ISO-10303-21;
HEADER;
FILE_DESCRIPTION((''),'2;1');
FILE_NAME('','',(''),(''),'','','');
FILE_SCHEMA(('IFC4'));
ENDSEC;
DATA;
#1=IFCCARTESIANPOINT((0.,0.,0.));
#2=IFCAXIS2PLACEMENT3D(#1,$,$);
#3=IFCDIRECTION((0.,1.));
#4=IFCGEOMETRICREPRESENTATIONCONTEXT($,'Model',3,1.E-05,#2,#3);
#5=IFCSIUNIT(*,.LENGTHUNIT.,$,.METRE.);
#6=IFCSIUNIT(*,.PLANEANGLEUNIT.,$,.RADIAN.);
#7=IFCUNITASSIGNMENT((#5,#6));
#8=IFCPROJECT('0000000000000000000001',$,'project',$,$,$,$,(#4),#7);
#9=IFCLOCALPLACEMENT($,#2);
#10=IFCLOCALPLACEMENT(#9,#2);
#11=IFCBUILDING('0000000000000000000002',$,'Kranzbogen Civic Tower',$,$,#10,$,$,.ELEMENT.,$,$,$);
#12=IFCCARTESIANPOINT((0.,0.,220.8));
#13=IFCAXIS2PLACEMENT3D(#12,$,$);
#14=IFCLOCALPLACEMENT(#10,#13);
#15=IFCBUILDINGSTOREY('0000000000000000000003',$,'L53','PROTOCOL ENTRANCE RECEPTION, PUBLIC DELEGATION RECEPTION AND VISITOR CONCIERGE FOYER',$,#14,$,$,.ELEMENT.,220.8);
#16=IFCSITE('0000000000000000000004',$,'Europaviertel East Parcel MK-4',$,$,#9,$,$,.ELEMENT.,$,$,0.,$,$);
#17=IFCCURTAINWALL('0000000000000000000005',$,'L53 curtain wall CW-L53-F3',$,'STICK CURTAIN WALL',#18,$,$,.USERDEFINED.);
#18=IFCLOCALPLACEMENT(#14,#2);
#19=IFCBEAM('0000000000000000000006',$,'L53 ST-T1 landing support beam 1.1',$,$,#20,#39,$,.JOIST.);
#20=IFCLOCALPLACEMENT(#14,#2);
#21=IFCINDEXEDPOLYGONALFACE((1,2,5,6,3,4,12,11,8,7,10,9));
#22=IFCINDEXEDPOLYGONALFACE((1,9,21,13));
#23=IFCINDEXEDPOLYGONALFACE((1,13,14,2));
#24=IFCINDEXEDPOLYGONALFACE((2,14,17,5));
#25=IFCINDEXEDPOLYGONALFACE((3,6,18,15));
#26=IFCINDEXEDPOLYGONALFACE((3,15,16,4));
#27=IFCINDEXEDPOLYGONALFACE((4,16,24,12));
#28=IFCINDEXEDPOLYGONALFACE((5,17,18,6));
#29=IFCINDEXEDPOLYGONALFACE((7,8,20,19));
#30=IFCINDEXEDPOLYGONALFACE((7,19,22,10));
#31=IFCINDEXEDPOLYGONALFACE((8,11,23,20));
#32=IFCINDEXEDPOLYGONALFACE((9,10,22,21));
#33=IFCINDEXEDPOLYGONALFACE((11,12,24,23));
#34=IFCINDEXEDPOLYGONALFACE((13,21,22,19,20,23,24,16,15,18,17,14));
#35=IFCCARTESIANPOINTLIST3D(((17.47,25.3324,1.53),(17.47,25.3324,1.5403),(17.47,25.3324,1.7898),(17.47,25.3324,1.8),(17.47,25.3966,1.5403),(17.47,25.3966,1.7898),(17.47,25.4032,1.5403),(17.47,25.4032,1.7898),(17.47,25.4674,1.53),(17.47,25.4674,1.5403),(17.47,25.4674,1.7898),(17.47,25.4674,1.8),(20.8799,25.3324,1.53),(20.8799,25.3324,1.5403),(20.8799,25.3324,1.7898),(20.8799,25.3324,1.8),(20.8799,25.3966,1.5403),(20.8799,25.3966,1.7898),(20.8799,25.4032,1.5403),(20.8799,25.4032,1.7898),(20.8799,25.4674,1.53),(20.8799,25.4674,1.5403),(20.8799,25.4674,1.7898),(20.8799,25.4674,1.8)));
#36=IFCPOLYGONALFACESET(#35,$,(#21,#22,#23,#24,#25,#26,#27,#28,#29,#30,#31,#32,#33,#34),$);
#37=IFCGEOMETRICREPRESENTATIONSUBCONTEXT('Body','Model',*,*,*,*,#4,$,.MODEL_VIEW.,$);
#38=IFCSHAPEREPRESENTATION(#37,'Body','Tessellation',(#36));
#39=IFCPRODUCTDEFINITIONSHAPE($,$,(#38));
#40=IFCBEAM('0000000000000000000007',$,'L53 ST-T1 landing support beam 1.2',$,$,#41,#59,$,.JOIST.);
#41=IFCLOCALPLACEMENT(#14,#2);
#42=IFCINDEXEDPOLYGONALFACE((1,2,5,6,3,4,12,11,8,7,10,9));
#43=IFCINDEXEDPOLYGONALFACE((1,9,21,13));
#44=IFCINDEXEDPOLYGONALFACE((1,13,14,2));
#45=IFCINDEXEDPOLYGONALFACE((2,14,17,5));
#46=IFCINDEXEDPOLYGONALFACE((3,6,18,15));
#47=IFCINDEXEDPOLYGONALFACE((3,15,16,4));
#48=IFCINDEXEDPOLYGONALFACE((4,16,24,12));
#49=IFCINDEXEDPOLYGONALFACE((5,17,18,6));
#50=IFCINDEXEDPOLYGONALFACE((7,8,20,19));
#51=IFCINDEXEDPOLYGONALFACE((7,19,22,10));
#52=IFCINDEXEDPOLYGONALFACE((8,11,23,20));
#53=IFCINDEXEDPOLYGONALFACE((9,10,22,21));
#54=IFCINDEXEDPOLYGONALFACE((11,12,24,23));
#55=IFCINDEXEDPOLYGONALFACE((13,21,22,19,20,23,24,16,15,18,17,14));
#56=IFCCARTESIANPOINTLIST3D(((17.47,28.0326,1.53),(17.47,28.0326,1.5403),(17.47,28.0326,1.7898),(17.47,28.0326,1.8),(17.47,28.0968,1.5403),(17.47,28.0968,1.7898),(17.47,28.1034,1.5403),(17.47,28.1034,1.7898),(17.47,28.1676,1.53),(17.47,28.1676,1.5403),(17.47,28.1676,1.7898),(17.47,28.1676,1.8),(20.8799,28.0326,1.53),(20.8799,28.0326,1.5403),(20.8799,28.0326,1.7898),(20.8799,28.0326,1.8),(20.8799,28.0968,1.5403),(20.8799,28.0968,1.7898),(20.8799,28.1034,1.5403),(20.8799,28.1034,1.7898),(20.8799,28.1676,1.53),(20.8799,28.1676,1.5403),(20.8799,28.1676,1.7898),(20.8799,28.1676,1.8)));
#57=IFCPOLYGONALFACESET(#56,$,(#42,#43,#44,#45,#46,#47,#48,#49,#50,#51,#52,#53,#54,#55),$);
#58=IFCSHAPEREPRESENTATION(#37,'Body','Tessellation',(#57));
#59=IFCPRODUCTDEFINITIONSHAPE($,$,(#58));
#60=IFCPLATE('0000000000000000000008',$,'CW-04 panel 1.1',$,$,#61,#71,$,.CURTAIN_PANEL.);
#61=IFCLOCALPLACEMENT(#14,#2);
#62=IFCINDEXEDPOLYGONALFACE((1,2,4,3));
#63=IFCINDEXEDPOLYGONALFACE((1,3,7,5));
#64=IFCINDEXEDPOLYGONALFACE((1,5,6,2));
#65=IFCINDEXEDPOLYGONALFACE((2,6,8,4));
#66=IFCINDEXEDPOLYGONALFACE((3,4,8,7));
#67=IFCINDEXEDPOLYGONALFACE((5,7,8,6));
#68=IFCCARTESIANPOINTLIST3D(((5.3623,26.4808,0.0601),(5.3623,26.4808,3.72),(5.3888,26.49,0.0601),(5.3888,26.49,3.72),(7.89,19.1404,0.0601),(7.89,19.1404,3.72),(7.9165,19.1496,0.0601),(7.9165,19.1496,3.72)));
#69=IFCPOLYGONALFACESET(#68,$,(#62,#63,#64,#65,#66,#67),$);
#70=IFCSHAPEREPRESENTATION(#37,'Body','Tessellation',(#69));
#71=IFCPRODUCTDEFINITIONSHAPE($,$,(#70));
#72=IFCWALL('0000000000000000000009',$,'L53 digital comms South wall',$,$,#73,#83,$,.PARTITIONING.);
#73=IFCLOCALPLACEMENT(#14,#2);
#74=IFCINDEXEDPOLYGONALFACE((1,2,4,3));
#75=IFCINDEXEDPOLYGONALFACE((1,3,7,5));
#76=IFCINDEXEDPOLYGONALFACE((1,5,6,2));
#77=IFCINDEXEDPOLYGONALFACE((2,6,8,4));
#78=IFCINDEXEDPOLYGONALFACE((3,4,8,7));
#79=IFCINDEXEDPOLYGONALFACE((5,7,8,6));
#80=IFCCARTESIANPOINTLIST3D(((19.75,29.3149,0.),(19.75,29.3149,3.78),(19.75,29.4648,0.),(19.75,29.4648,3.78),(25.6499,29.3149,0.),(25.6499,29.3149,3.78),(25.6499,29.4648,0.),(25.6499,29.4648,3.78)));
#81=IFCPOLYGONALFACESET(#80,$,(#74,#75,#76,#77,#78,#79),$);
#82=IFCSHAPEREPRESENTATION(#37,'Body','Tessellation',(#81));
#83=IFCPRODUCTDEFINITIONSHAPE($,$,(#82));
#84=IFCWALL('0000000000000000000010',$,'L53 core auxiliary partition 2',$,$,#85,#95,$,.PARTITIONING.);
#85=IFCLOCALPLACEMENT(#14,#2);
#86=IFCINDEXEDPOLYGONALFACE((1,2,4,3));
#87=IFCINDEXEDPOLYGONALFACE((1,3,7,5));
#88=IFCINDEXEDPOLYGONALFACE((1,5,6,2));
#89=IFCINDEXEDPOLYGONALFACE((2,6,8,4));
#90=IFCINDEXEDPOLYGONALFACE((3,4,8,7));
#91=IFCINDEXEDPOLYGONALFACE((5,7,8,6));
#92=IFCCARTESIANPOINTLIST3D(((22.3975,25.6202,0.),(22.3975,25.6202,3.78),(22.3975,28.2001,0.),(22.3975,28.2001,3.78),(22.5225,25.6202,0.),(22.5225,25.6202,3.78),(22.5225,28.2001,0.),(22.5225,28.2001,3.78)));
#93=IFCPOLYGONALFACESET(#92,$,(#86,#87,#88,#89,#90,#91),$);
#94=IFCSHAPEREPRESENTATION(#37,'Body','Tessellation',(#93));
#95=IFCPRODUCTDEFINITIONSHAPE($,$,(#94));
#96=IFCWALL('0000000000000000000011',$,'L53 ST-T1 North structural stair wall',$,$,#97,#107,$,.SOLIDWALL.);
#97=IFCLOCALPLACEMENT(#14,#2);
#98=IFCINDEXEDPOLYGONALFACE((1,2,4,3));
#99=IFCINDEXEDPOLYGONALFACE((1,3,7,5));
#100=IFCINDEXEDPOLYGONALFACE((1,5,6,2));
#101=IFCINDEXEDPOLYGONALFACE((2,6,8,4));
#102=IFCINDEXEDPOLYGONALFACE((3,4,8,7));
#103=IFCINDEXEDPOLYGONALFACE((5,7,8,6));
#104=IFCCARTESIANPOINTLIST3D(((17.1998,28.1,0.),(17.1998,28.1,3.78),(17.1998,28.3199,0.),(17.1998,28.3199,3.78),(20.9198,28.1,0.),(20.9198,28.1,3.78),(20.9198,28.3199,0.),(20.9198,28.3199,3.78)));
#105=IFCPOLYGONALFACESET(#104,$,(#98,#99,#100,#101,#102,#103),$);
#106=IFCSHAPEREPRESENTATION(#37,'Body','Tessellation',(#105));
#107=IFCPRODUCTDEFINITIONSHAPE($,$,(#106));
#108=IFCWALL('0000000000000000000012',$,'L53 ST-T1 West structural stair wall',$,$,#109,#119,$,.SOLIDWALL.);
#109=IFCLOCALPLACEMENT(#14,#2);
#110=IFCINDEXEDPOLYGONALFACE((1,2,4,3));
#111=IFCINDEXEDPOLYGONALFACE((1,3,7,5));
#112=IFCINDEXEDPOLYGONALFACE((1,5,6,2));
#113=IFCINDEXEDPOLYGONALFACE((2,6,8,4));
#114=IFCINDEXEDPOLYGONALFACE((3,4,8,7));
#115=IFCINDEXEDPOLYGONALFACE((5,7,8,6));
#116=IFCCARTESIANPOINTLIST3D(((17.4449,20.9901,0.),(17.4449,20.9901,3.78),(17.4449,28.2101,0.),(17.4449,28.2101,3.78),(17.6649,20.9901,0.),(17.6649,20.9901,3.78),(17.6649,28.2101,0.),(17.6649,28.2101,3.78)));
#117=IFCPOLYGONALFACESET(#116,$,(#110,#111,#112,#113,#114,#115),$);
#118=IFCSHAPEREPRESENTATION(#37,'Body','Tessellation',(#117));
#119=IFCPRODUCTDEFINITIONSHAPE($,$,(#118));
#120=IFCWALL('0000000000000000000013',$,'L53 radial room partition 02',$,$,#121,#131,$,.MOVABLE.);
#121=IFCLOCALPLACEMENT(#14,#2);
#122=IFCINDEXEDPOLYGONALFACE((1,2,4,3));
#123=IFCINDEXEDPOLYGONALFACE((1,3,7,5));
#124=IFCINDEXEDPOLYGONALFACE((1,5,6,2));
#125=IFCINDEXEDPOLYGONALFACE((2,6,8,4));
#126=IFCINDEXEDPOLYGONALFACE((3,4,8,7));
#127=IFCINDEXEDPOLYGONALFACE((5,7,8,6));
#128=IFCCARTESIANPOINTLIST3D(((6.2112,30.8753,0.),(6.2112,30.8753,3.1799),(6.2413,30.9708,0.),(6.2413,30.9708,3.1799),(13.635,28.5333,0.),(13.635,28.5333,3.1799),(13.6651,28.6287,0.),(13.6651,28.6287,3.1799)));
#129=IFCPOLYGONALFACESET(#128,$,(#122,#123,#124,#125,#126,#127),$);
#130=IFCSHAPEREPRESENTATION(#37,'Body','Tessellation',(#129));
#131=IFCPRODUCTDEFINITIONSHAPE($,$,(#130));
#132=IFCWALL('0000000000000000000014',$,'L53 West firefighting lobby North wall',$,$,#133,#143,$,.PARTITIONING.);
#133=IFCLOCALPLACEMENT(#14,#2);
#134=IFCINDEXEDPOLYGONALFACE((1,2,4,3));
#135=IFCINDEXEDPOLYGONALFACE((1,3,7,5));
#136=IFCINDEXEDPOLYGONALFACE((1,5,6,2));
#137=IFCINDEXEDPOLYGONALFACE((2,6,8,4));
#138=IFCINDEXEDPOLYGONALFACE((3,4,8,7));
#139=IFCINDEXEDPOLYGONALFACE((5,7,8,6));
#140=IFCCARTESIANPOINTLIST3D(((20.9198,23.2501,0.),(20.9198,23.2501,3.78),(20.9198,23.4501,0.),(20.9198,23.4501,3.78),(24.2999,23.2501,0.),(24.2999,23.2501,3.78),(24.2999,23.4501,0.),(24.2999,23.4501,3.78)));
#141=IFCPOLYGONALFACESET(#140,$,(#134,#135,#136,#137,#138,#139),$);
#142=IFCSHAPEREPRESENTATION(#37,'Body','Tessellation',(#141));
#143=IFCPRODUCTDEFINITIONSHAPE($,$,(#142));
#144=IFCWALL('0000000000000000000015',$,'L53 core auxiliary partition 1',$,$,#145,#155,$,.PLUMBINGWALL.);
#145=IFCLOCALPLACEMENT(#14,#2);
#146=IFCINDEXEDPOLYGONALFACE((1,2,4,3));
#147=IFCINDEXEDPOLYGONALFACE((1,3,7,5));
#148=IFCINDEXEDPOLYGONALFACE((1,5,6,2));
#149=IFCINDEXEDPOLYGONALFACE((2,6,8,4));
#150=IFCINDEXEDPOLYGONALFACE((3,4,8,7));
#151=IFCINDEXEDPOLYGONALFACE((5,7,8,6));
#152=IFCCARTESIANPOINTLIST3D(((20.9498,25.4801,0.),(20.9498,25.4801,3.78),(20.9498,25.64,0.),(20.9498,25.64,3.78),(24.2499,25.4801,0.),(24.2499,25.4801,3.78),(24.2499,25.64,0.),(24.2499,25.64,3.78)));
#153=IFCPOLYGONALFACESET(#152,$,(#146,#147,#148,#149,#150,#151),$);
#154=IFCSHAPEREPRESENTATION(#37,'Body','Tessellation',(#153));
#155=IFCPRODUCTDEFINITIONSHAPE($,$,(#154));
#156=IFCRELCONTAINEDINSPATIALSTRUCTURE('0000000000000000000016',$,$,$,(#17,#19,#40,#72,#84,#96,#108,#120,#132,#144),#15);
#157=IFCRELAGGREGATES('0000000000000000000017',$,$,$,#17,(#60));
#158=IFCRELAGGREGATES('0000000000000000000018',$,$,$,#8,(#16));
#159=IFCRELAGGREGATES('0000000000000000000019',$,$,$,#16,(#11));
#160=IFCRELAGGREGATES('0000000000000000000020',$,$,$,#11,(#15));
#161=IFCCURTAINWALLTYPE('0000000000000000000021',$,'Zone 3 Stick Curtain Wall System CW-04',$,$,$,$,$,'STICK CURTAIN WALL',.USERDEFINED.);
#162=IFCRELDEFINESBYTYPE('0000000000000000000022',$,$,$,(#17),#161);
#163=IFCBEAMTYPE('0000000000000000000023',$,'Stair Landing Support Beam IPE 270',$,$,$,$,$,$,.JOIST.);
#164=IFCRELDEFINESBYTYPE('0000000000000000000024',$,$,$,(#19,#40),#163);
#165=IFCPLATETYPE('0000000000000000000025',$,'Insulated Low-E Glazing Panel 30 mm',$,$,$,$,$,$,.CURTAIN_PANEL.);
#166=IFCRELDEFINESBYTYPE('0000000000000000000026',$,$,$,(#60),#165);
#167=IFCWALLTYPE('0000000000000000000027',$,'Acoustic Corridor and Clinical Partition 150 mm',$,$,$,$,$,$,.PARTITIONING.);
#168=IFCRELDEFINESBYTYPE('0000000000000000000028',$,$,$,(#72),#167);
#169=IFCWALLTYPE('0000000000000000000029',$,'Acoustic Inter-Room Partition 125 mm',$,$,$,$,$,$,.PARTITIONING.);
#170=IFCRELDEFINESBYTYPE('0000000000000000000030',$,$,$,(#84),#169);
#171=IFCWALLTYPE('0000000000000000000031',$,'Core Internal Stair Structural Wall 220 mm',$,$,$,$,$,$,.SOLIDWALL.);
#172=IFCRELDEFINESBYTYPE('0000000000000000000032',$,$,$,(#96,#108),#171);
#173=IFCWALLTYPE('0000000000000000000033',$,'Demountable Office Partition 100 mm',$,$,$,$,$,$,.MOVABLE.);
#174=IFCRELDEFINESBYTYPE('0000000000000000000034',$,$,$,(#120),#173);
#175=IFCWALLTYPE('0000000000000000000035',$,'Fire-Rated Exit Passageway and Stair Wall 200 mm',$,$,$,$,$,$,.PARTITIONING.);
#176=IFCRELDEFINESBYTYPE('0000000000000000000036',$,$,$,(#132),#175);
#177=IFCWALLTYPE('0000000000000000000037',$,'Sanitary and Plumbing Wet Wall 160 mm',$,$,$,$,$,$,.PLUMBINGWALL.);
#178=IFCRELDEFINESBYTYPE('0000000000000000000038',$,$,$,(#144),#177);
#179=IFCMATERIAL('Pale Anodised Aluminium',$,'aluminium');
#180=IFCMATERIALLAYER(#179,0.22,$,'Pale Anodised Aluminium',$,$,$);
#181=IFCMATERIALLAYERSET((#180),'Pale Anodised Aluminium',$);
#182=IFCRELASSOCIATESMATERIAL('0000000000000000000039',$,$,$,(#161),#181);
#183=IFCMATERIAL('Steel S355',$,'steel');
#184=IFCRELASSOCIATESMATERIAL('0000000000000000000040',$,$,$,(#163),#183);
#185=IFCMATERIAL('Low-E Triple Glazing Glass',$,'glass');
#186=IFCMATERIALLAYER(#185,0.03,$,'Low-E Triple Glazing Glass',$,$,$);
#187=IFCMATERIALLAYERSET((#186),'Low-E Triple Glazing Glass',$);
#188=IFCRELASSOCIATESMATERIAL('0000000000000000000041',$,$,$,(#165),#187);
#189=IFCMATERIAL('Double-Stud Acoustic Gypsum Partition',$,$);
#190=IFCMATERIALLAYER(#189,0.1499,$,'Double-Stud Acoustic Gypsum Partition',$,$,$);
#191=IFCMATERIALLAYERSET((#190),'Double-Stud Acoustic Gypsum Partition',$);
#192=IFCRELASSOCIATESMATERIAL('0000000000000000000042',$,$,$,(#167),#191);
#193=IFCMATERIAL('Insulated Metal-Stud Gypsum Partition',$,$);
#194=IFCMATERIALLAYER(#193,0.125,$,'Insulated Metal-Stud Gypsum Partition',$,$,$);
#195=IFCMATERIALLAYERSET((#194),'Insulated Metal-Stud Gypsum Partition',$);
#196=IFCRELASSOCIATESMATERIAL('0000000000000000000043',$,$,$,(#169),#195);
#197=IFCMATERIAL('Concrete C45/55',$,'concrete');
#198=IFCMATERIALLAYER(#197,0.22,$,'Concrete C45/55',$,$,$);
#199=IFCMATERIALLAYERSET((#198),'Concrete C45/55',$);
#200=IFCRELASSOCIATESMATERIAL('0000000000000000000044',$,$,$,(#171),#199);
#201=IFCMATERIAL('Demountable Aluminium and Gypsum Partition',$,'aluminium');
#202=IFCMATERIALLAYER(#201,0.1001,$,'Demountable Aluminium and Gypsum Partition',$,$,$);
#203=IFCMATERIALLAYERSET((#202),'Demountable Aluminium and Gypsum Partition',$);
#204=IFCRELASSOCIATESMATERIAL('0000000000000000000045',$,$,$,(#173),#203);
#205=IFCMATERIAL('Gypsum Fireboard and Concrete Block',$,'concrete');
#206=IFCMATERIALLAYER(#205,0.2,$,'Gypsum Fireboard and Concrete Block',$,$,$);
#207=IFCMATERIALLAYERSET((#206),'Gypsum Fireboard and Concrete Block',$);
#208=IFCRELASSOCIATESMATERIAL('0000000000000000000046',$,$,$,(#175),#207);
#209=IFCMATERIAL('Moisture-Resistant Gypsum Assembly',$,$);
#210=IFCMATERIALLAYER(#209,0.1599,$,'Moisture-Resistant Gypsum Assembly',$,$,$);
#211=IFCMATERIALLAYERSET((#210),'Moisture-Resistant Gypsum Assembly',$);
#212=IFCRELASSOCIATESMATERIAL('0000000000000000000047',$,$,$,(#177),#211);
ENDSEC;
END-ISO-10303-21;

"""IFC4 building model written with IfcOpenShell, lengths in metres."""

from ifc_helpers import new_model, si_unit, direction, frame, frame_2d, origin, origin_2d, place, context, subcontext, project, spatial, rectangle, i_section, extrude, material, layer, layer_set, material_profile, profile_set, type_object, element, aggregate, save


model = new_model("IFC4")

# Units and contexts
model_context = context("Model", 3, precision=1e-05, world=origin(), true_north=direction((0.0, 1.0)))
body_context = subcontext(model_context, "Body", "Model", "MODEL_VIEW")
ifc_project = project(units=[si_unit("LENGTHUNIT", "METRE"), si_unit("PLANEANGLEUNIT", "RADIAN")], contexts=[model_context])

# Site, building, storey
site_placement = place(None, origin())
site = spatial("IfcSite", under=ifc_project, at=site_placement, Name="Europaviertel East Parcel MK-4", CompositionType="ELEMENT", RefElevation=0.0)
building_placement = place(site_placement, origin())
building = spatial("IfcBuilding", under=site, at=building_placement, Name="Kranzbogen Civic Tower", CompositionType="ELEMENT")
storey_placement = place(building_placement, frame((0.0, 0.0, 220.8)))
storey = spatial("IfcBuildingStorey", under=building, at=storey_placement, Name="L53", Description="PROTOCOL ENTRANCE RECEPTION, PUBLIC DELEGATION RECEPTION AND VISITOR CONCIERGE FOYER", CompositionType="ELEMENT", Elevation=220.8)

# Shared definitions
ifc_material_1 = material(Name="Steel S355", Category="steel")

# Curtain wall
ifc_material_2 = material(Name="Pale Anodised Aluminium", Category="aluminium")
ifc_layer_1 = layer(ifc_material_2, 0.22, Name="Pale Anodised Aluminium")
ifc_layer_set_1 = layer_set([ifc_layer_1], Name="Pale Anodised Aluminium")
curtain_wall_type = type_object("IfcCurtainWallType", Name="Zone 3 Stick Curtain Wall System CW-04", ElementType="STICK CURTAIN WALL", PredefinedType="USERDEFINED", material=ifc_layer_set_1)
curtain_wall_placement = place(storey_placement, origin())
curtain_wall = element("IfcCurtainWall", 1, at=curtain_wall_placement, inside=storey, type_object=curtain_wall_type, Name="L53 curtain wall CW-L53-F3", ObjectType="STICK CURTAIN WALL", PredefinedType="USERDEFINED")

# Beams
ifc_material_profile_1 = material_profile(ifc_material_1, i_section(OverallWidth=0.135, OverallDepth=0.27, WebThickness=0.0066, FlangeThickness=0.0103, at=origin_2d()), Name="IPE 270")
ifc_profile_set_1 = profile_set([ifc_material_profile_1], Name="Steel S355")
beam_type_1 = type_object("IfcBeamType", Name="Stair Landing Support Beam IPE 270", PredefinedType="JOIST", material=ifc_profile_set_1)
for number, where, z_axis, x_axis, name in (
    (2, (20.8799, 25.3999, 1.665), (-1.0, 0.0, 0.0), (0.0, -1.0, 0.0), "L53 ST-T1 landing support beam 1.1"),
    (3, (20.8799, 28.1001, 1.665), (-1.0, 0.0, 0.0), (0.0, -1.0, 0.0), "L53 ST-T1 landing support beam 1.2"),
):
    element("IfcBeam", number, at=place(storey_placement, frame(where, z_axis=z_axis, x_axis=x_axis)), inside=storey, type_object=beam_type_1, Name=name, PredefinedType="JOIST", context=body_context, shape_type="SweptSolid", body=[
        extrude(i_section(OverallWidth=0.135, OverallDepth=0.27, WebThickness=0.0066, FlangeThickness=0.0103, at=origin_2d()), origin(), (0.0, 0.0, 1.0), 3.4099),
    ])

# Plate
ifc_material_3 = material(Name="Low-E Triple Glazing Glass", Category="glass")
ifc_layer_2 = layer(ifc_material_3, 0.03, Name="Low-E Triple Glazing Glass")
ifc_layer_set_2 = layer_set([ifc_layer_2], Name="Low-E Triple Glazing Glass")
plate_type = type_object("IfcPlateType", Name="Insulated Low-E Glazing Panel 30 mm", PredefinedType="CURTAIN_PANEL", material=ifc_layer_set_2)
plate_placement = place(storey_placement, frame((6.6394, 22.8152, 0.0601), z_axis=(0.0, 0.0, 1.0), x_axis=(0.32559, -0.945511, 0.0)))
plate = element("IfcPlate", 4, at=plate_placement, type_object=plate_type, Name="CW-04 panel 1.1", PredefinedType="CURTAIN_PANEL", context=body_context, shape_type="SweptSolid", body=[
    extrude(rectangle(XDim=7.7634, YDim=0.0281, at=origin_2d()), origin(), (0.0, 0.0, 1.0), 3.6599),
])
aggregate(curtain_wall, [plate])

# Wall
ifc_material_4 = material(Name="Double-Stud Acoustic Gypsum Partition")
ifc_layer_3 = layer(ifc_material_4, 0.1499, Name="Double-Stud Acoustic Gypsum Partition")
ifc_layer_set_3 = layer_set([ifc_layer_3], Name="Double-Stud Acoustic Gypsum Partition")
wall_type_1 = type_object("IfcWallType", Name="Acoustic Corridor and Clinical Partition 150 mm", PredefinedType="PARTITIONING", material=ifc_layer_set_3)
wall_1_placement = place(storey_placement, frame((19.75, 29.3899, 0.0), z_axis=(0.0, 0.0, 1.0), x_axis=(1.0, 0.0, 0.0)))
element("IfcWall", 5, at=wall_1_placement, inside=storey, type_object=wall_type_1, Name="L53 digital comms South wall", PredefinedType="PARTITIONING", context=body_context, shape_type="SweptSolid", body=[
    extrude(rectangle(XDim=5.8999, YDim=0.1499, at=frame_2d((2.95, 0.0))), origin(), (0.0, 0.0, 1.0), 3.78),
])

# Shared definitions
ifc_material_5 = material(Name="Insulated Metal-Stud Gypsum Partition")
ifc_layer_4 = layer(ifc_material_5, 0.125, Name="Insulated Metal-Stud Gypsum Partition")
ifc_layer_set_4 = layer_set([ifc_layer_4], Name="Insulated Metal-Stud Gypsum Partition")
wall_type_2 = type_object("IfcWallType", Name="Acoustic Inter-Room Partition 125 mm", PredefinedType="PARTITIONING", material=ifc_layer_set_4)

# Walls
wall_2_placement = place(storey_placement, frame((22.46, 25.6201, 0.0), z_axis=(0.0, 0.0, 1.0), x_axis=(0.0, 1.0, 0.0)))
element("IfcWall", 6, at=wall_2_placement, inside=storey, type_object=wall_type_2, Name="L53 core auxiliary partition 2", PredefinedType="PARTITIONING", context=body_context, shape_type="SweptSolid", body=[
    extrude(rectangle(XDim=2.5798, YDim=0.125, at=frame_2d((1.29, 0.0))), origin(), (0.0, 0.0, 1.0), 3.78),
])
ifc_material_6 = material(Name="Concrete C45/55", Category="concrete")
ifc_layer_5 = layer(ifc_material_6, 0.22, Name="Concrete C45/55")
ifc_layer_set_5 = layer_set([ifc_layer_5], Name="Concrete C45/55")
wall_type_3 = type_object("IfcWallType", Name="Core Internal Stair Structural Wall 220 mm", PredefinedType="SOLIDWALL", material=ifc_layer_set_5)
wall_3_placement = place(storey_placement, frame((17.2, 28.21, 0.0), z_axis=(0.0, 0.0, 1.0), x_axis=(1.0, 0.0, 0.0)))
element("IfcWall", 7, at=wall_3_placement, inside=storey, type_object=wall_type_3, Name="L53 ST-T1 North structural stair wall", PredefinedType="SOLIDWALL", context=body_context, shape_type="SweptSolid", body=[
    extrude(rectangle(XDim=3.72, YDim=0.22, at=frame_2d((1.8599, 0.0))), origin(), (0.0, 0.0, 1.0), 3.78),
])
wall_4_placement = place(storey_placement, frame((17.5549, 28.21, 0.0), z_axis=(0.0, 0.0, 1.0), x_axis=(0.0, -1.0, 0.0)))
element("IfcWall", 8, at=wall_4_placement, inside=storey, type_object=wall_type_3, Name="L53 ST-T1 West structural stair wall", PredefinedType="SOLIDWALL", context=body_context, shape_type="SweptSolid", body=[
    extrude(rectangle(XDim=7.22, YDim=0.22, at=frame_2d((3.6099, 0.0))), origin(), (0.0, 0.0, 1.0), 3.78),
])
ifc_material_7 = material(Name="Demountable Aluminium and Gypsum Partition", Category="aluminium")
ifc_layer_6 = layer(ifc_material_7, 0.1001, Name="Demountable Aluminium and Gypsum Partition")
ifc_layer_set_6 = layer_set([ifc_layer_6], Name="Demountable Aluminium and Gypsum Partition")
wall_type_4 = type_object("IfcWallType", Name="Demountable Office Partition 100 mm", PredefinedType="MOVABLE", material=ifc_layer_set_6)
wall_5_placement = place(storey_placement, frame((13.6499, 28.5811, 0.0), z_axis=(0.0, 0.0, 1.0), x_axis=(-0.953668, 0.30086, 0.0)))
element("IfcWall", 9, at=wall_5_placement, inside=storey, type_object=wall_type_4, Name="L53 radial room partition 02", PredefinedType="MOVABLE", context=body_context, shape_type="SweptSolid", body=[
    extrude(rectangle(XDim=7.7844, YDim=0.1001, at=frame_2d((3.8921, 0.0))), origin(), (0.0, 0.0, 1.0), 3.1799),
])
ifc_material_8 = material(Name="Gypsum Fireboard and Concrete Block", Category="concrete")
ifc_layer_7 = layer(ifc_material_8, 0.2, Name="Gypsum Fireboard and Concrete Block")
ifc_layer_set_7 = layer_set([ifc_layer_7], Name="Gypsum Fireboard and Concrete Block")
wall_type_5 = type_object("IfcWallType", Name="Fire-Rated Exit Passageway and Stair Wall 200 mm", PredefinedType="PARTITIONING", material=ifc_layer_set_7)
wall_6_placement = place(storey_placement, frame((20.9199, 23.3501, 0.0), z_axis=(0.0, 0.0, 1.0), x_axis=(1.0, 0.0, 0.0)))
element("IfcWall", 10, at=wall_6_placement, inside=storey, type_object=wall_type_5, Name="L53 West firefighting lobby North wall", PredefinedType="PARTITIONING", context=body_context, shape_type="SweptSolid", body=[
    extrude(rectangle(XDim=3.3801, YDim=0.2, at=frame_2d((1.6899, 0.0))), origin(), (0.0, 0.0, 1.0), 3.78),
])
ifc_material_9 = material(Name="Moisture-Resistant Gypsum Assembly")
ifc_layer_8 = layer(ifc_material_9, 0.1599, Name="Moisture-Resistant Gypsum Assembly")
ifc_layer_set_8 = layer_set([ifc_layer_8], Name="Moisture-Resistant Gypsum Assembly")
wall_type_6 = type_object("IfcWallType", Name="Sanitary and Plumbing Wet Wall 160 mm", PredefinedType="PLUMBINGWALL", material=ifc_layer_set_8)
wall_7_placement = place(storey_placement, frame((20.95, 25.5601, 0.0), z_axis=(0.0, 0.0, 1.0), x_axis=(1.0, 0.0, 0.0)))
element("IfcWall", 11, at=wall_7_placement, inside=storey, type_object=wall_type_6, Name="L53 core auxiliary partition 1", PredefinedType="PLUMBINGWALL", context=body_context, shape_type="SweptSolid", body=[
    extrude(rectangle(XDim=3.3, YDim=0.1599, at=frame_2d((1.6499, 0.0))), origin(), (0.0, 0.0, 1.0), 3.78),
])

save(model, "model.ifc")
